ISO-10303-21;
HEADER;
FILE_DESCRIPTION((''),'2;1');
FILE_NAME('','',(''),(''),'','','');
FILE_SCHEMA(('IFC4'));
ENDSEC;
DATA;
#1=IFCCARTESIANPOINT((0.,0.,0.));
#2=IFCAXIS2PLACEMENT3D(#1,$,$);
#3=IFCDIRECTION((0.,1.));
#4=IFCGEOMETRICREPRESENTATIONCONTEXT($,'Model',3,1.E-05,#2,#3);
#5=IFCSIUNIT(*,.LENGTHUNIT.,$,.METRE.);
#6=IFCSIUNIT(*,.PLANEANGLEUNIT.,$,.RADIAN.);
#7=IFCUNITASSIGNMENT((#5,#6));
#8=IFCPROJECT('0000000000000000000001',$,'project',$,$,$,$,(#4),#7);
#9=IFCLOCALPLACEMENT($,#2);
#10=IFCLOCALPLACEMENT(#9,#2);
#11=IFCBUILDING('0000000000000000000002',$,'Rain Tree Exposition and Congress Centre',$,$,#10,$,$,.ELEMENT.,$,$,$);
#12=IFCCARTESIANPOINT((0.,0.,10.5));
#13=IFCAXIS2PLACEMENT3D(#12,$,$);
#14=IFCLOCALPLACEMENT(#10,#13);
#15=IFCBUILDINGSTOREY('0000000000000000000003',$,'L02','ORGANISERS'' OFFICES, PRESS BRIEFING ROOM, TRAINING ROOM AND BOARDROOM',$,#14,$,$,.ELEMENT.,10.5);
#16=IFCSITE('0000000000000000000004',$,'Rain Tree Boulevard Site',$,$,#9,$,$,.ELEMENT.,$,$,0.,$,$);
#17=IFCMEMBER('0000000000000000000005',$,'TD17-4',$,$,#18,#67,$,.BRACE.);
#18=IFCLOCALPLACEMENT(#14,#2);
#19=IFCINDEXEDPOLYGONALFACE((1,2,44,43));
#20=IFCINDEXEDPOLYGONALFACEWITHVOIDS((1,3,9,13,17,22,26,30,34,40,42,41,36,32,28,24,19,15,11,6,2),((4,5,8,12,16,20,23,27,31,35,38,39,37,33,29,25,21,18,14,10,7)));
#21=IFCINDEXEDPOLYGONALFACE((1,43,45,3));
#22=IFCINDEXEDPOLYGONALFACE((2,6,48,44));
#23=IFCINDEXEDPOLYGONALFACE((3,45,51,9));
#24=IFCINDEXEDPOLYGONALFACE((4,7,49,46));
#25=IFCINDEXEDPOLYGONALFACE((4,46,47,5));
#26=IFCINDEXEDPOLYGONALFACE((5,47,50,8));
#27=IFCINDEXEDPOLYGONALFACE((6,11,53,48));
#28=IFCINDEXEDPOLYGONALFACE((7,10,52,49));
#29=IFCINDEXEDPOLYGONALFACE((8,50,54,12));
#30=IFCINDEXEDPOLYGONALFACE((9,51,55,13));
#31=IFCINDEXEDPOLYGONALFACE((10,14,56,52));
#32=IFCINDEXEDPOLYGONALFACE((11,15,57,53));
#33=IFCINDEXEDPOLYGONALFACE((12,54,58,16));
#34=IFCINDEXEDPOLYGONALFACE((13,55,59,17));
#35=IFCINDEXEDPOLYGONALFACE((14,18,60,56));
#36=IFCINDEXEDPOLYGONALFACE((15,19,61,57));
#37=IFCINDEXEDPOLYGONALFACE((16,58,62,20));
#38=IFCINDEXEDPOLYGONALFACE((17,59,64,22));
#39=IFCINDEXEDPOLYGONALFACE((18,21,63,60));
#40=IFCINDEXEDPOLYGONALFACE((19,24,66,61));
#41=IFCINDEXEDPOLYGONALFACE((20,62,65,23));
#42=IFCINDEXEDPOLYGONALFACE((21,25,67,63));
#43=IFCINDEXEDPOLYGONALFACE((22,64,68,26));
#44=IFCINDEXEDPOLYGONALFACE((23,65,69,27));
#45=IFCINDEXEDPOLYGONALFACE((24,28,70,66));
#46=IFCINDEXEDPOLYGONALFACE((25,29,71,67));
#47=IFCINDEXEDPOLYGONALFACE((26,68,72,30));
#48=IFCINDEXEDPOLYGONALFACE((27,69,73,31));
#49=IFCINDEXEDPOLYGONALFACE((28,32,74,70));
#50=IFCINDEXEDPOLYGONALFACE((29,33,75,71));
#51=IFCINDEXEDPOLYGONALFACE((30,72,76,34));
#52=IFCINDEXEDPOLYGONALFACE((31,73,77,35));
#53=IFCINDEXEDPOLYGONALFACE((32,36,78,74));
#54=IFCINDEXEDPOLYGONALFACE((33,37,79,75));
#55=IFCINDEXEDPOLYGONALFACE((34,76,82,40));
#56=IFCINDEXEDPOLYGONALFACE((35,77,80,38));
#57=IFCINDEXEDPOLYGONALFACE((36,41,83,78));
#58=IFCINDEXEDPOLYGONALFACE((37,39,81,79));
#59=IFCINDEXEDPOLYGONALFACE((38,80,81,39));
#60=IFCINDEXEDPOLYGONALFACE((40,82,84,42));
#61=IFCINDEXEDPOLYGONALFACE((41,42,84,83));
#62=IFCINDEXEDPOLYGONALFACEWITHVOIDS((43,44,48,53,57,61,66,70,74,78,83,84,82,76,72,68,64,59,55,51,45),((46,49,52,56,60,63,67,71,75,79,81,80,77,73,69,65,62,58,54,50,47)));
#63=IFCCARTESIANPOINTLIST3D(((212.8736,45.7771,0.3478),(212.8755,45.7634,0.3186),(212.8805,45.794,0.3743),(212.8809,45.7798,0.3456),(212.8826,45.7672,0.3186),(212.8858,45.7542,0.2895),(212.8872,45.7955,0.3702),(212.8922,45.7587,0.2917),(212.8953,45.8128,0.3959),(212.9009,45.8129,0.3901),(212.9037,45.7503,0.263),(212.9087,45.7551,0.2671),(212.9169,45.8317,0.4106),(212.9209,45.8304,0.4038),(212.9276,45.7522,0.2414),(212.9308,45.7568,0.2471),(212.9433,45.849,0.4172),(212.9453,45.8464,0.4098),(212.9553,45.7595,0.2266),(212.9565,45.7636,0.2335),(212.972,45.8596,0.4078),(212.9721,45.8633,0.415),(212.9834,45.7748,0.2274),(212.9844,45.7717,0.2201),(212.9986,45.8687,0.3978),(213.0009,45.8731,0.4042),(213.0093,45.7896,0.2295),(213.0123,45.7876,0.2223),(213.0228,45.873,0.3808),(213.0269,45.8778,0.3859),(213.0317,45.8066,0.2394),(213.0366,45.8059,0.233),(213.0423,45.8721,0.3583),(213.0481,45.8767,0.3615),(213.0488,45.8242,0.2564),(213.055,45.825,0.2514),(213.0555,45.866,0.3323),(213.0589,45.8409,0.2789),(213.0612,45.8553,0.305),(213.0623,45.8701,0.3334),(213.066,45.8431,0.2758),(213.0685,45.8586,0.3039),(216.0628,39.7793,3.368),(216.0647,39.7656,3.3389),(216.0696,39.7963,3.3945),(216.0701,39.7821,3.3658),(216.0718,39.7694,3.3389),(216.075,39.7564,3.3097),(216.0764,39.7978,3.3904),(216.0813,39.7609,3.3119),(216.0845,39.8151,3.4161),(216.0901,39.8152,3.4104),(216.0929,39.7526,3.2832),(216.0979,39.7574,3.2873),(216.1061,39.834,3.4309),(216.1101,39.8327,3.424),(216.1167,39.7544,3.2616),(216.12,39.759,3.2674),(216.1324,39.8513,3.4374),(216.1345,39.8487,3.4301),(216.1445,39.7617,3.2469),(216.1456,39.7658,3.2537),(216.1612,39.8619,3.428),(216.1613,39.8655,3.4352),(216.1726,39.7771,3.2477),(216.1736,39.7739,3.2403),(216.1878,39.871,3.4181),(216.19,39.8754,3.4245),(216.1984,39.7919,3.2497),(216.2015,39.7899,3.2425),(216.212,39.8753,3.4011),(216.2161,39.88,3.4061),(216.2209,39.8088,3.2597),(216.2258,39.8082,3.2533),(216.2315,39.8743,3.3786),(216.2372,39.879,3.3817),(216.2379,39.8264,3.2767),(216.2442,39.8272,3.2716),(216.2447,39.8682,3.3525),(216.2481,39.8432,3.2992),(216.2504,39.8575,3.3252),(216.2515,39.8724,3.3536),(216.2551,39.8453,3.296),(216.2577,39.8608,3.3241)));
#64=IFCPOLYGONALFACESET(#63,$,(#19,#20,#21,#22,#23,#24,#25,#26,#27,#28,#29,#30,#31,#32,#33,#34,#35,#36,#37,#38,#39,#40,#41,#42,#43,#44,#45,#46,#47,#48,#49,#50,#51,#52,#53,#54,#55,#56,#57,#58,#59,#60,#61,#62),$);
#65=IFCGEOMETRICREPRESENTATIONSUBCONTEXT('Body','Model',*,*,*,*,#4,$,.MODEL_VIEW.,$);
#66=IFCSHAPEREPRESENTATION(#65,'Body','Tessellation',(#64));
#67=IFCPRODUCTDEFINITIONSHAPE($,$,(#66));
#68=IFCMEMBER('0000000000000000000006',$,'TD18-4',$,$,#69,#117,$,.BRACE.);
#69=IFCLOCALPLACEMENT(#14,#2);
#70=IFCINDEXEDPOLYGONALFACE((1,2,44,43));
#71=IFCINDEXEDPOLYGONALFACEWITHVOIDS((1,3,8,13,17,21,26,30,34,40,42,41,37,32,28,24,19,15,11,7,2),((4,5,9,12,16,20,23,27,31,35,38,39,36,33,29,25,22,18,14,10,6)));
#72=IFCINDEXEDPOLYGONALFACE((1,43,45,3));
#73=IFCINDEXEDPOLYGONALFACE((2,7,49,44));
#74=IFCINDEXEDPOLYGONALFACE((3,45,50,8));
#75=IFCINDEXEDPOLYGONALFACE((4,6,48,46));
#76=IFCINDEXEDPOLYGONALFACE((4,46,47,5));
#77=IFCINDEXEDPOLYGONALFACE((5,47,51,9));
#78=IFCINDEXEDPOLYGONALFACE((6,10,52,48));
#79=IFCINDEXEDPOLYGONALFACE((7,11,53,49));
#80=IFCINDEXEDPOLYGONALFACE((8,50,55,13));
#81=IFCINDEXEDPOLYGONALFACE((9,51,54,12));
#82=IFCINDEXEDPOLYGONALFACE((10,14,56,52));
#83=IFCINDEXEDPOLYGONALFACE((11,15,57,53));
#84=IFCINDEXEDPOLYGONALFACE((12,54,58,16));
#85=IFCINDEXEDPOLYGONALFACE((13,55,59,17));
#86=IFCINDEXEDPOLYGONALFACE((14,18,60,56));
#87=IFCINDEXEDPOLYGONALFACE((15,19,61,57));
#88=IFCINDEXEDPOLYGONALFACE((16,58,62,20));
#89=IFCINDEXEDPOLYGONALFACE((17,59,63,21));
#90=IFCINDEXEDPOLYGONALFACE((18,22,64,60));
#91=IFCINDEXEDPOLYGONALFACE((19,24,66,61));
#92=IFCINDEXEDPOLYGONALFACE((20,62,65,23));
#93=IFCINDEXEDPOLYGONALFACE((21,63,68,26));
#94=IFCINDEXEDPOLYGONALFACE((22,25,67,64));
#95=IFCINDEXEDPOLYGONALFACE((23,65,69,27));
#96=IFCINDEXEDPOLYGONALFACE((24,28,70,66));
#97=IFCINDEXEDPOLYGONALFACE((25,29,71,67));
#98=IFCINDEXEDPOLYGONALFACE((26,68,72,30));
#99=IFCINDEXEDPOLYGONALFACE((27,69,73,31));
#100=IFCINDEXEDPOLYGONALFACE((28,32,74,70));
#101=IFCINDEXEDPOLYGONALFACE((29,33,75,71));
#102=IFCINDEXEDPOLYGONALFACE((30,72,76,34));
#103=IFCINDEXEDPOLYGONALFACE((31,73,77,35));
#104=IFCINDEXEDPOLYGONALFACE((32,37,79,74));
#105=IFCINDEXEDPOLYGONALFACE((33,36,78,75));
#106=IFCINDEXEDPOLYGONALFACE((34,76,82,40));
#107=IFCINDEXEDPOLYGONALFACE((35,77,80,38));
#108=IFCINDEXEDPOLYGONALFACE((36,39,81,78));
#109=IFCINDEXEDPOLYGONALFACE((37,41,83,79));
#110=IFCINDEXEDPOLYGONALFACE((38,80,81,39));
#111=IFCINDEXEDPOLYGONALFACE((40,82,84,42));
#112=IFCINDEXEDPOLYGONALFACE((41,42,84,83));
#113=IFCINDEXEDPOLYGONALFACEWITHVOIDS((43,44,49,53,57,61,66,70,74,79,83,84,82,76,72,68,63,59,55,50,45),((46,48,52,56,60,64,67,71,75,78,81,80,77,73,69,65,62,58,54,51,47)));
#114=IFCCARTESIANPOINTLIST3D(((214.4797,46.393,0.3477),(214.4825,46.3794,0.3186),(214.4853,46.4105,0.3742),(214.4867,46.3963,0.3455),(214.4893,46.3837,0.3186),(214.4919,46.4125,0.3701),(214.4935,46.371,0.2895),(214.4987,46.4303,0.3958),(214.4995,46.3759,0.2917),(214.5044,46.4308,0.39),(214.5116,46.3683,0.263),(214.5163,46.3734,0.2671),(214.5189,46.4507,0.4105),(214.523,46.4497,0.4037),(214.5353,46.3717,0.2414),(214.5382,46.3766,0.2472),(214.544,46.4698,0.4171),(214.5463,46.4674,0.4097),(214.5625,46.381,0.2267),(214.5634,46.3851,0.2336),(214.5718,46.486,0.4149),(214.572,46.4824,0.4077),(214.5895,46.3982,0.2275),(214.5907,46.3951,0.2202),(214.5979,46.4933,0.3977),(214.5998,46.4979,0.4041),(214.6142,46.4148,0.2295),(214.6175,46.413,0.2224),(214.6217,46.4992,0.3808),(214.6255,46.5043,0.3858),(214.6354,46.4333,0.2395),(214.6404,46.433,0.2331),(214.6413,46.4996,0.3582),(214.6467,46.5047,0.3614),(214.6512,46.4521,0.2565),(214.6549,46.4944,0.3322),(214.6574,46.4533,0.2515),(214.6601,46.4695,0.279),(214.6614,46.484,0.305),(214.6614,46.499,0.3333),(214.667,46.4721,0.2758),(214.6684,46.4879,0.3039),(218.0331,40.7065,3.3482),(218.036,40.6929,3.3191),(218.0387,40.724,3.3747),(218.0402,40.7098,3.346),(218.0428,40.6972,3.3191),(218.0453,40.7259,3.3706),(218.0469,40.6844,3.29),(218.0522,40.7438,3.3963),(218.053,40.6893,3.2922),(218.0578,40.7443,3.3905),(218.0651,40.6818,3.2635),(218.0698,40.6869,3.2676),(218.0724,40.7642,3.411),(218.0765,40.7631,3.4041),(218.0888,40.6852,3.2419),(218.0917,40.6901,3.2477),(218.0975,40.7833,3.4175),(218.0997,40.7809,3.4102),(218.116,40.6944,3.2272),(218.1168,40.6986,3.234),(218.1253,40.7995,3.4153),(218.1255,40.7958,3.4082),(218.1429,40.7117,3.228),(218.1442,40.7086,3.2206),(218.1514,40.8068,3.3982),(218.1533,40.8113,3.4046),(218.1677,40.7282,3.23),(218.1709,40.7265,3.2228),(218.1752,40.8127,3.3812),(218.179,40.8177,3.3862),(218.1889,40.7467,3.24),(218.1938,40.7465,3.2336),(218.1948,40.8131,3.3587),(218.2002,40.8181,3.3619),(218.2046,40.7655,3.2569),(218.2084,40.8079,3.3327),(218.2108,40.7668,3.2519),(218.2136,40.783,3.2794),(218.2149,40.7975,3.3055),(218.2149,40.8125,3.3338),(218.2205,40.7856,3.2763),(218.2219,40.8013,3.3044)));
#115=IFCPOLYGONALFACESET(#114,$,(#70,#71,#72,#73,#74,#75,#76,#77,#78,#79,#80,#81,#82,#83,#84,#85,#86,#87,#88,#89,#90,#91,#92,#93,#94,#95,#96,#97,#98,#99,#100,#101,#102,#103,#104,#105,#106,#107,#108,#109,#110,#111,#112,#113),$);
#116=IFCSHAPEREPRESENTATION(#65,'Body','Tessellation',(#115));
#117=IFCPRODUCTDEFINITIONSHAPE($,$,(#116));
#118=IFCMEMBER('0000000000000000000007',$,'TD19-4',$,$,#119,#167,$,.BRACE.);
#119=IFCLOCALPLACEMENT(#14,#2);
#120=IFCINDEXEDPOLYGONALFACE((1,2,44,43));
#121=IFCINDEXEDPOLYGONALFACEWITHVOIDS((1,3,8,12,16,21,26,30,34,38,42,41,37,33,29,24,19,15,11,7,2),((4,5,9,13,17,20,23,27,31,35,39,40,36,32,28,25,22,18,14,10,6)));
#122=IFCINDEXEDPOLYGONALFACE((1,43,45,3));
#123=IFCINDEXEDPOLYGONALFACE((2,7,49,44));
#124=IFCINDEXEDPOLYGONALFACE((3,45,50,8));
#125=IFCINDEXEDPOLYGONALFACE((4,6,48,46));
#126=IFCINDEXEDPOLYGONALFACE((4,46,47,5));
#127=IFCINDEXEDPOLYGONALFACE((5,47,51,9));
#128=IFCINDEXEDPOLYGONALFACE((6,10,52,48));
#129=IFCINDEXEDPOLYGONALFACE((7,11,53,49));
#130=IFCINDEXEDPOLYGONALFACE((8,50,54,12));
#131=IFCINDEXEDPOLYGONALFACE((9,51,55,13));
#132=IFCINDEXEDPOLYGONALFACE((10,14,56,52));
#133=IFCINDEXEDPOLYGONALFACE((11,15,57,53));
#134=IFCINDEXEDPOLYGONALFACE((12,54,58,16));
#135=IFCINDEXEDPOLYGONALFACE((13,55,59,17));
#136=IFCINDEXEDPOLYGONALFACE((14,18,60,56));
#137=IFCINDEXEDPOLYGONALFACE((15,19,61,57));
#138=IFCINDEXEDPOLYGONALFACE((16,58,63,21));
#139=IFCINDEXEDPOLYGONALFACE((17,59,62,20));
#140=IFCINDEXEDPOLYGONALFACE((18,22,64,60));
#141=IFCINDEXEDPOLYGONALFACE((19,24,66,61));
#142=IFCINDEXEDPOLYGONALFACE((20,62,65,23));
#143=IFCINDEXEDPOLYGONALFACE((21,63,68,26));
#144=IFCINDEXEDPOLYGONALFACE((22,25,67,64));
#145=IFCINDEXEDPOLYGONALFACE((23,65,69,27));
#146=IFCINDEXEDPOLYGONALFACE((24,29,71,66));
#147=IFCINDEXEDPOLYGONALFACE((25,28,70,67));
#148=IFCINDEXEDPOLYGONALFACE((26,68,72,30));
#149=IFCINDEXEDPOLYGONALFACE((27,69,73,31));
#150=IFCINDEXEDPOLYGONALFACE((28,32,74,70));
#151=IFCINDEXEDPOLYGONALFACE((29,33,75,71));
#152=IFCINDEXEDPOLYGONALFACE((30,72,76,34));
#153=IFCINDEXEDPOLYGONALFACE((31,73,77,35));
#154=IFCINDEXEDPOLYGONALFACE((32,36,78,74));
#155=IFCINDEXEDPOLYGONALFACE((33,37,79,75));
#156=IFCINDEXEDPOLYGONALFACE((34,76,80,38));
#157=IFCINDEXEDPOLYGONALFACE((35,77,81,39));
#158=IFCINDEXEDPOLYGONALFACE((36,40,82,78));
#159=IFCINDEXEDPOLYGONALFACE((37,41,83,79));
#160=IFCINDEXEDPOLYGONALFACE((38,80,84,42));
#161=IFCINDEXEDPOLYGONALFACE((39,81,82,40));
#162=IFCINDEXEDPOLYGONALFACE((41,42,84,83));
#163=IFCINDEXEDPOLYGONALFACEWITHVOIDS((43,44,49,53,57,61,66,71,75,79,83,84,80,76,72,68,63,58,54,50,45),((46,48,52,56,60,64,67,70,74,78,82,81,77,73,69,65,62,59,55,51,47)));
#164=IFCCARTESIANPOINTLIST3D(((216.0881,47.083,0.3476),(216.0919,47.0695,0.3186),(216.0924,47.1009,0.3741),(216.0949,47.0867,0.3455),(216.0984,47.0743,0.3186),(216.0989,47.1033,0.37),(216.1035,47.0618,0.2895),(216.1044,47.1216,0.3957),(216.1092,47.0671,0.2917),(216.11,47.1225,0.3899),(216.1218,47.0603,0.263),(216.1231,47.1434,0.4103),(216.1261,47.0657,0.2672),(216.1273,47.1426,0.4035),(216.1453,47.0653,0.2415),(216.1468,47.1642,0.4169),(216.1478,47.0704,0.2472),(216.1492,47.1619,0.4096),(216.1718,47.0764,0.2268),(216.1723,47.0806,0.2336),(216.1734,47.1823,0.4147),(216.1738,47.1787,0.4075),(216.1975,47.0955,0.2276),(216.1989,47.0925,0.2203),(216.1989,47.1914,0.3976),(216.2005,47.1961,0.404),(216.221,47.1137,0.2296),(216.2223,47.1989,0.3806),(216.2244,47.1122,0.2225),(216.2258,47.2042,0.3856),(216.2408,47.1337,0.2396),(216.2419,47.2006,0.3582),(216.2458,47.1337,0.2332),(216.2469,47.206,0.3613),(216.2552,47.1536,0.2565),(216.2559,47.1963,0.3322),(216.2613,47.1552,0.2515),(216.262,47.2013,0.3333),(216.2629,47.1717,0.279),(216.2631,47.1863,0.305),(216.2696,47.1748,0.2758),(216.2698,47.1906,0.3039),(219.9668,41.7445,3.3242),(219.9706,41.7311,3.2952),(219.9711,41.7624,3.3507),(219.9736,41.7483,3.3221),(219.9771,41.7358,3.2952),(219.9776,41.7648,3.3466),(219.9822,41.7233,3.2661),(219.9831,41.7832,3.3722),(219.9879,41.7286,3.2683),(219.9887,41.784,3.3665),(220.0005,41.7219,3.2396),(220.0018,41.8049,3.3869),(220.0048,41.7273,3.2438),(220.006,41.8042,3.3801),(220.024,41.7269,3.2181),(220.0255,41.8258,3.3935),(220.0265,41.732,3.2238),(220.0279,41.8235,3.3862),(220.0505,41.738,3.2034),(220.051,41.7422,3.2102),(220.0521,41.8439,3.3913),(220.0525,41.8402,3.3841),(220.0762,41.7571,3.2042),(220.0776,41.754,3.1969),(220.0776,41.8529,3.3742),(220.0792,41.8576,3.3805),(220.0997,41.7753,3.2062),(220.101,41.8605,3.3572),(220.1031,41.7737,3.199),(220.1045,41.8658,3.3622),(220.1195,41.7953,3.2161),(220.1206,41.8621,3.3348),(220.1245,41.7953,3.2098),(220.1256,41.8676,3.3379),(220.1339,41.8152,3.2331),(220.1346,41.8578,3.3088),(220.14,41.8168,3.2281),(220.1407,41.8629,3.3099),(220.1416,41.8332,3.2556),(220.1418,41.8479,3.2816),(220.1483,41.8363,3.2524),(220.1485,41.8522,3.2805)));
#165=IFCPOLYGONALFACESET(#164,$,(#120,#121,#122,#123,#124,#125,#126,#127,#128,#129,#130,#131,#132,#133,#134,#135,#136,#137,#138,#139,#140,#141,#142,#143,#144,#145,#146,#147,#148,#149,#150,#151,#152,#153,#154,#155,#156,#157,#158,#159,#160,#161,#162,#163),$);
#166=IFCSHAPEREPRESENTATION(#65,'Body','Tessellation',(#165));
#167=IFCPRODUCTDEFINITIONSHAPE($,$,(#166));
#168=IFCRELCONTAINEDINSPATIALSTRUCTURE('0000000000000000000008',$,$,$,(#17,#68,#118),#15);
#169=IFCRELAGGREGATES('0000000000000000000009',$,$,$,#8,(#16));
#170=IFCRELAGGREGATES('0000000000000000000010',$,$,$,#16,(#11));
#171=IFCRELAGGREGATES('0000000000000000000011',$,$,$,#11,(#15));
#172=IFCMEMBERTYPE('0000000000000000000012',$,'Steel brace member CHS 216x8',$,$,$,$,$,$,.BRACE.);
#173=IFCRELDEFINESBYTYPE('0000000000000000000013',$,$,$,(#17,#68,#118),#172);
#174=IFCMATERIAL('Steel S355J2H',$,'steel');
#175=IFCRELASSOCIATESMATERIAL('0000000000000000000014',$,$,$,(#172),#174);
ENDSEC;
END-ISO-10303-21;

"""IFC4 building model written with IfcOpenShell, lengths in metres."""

from ifc_helpers import new_model, si_unit, direction, frame, origin, origin_2d, place, context, subcontext, project, spatial, hollow_circle, extrude, material, material_profile, profile_set, type_object, element, save


model = new_model("IFC4")

# Units and contexts
model_context = context("Model", 3, precision=1e-05, world=origin(), true_north=direction((0.0, 1.0)))
body_context = subcontext(model_context, "Body", "Model", "MODEL_VIEW")
ifc_project = project(units=[si_unit("LENGTHUNIT", "METRE"), si_unit("PLANEANGLEUNIT", "RADIAN")], contexts=[model_context])

# Site, building, storey
site_placement = place(None, origin())
site = spatial("IfcSite", under=ifc_project, at=site_placement, Name="Rain Tree Boulevard Site", CompositionType="ELEMENT", RefElevation=0.0)
building_placement = place(site_placement, origin())
building = spatial("IfcBuilding", under=site, at=building_placement, Name="Rain Tree Exposition and Congress Centre", CompositionType="ELEMENT")
storey_placement = place(building_placement, frame((0.0, 0.0, 10.5)))
storey = spatial("IfcBuildingStorey", under=building, at=storey_placement, Name="L02", Description="ORGANISERS' OFFICES, PRESS BRIEFING ROOM, TRAINING ROOM AND BOARDROOM", CompositionType="ELEMENT", Elevation=10.5)

# Members
ifc_material_1 = material(Name="Steel S355J2H", Category="steel")
ifc_material_profile_1 = material_profile(ifc_material_1, hollow_circle(Radius=0.1082, WallThickness=0.0081, at=origin_2d()), Name="CHS 216x8")
ifc_profile_set_1 = profile_set([ifc_material_profile_1], Name="Steel S355J2H")
member_type_1 = type_object("IfcMemberType", Name="Steel brace member CHS 216x8", PredefinedType="BRACE", material=ifc_profile_set_1)
member_1_placement = place(storey_placement, frame((216.1602, 39.8164, 3.3389), z_axis=(-0.428994, 0.80679, -0.406269), x_axis=(-0.88294, -0.469485, 0.0)))
element("IfcMember", 1, at=member_1_placement, inside=storey, type_object=member_type_1, Name="TD17-4", PredefinedType="BRACE", context=body_context, shape_type="SweptSolid", body=[
    extrude(hollow_circle(Radius=0.1082, WallThickness=0.0081, at=origin_2d()), origin(), (0.0, 0.0, 1.0), 7.4341),
])
member_2_placement = place(storey_placement, frame((218.1277, 40.7502, 3.3191), z_axis=(-0.483715, 0.774077, -0.408441), x_axis=(-0.848039, -0.529933, 0.0)))
element("IfcMember", 2, at=member_2_placement, inside=storey, type_object=member_type_1, Name="TD18-4", PredefinedType="BRACE", context=body_context, shape_type="SweptSolid", body=[
    extrude(hollow_circle(Radius=0.1082, WallThickness=0.0081, at=origin_2d()), origin(), (0.0, 0.0, 1.0), 7.3462),
])
member_3_placement = place(storey_placement, frame((220.0581, 41.7947, 3.2952), z_axis=(-0.535805, 0.737453, -0.411188), x_axis=(-0.80901, -0.587795, 0.0)))
element("IfcMember", 3, at=member_3_placement, inside=storey, type_object=member_type_1, Name="TD19-4", PredefinedType="BRACE", context=body_context, shape_type="SweptSolid", body=[
    extrude(hollow_circle(Radius=0.1082, WallThickness=0.0081, at=origin_2d()), origin(), (0.0, 0.0, 1.0), 7.239),
])

save(model, "model.ifc")
